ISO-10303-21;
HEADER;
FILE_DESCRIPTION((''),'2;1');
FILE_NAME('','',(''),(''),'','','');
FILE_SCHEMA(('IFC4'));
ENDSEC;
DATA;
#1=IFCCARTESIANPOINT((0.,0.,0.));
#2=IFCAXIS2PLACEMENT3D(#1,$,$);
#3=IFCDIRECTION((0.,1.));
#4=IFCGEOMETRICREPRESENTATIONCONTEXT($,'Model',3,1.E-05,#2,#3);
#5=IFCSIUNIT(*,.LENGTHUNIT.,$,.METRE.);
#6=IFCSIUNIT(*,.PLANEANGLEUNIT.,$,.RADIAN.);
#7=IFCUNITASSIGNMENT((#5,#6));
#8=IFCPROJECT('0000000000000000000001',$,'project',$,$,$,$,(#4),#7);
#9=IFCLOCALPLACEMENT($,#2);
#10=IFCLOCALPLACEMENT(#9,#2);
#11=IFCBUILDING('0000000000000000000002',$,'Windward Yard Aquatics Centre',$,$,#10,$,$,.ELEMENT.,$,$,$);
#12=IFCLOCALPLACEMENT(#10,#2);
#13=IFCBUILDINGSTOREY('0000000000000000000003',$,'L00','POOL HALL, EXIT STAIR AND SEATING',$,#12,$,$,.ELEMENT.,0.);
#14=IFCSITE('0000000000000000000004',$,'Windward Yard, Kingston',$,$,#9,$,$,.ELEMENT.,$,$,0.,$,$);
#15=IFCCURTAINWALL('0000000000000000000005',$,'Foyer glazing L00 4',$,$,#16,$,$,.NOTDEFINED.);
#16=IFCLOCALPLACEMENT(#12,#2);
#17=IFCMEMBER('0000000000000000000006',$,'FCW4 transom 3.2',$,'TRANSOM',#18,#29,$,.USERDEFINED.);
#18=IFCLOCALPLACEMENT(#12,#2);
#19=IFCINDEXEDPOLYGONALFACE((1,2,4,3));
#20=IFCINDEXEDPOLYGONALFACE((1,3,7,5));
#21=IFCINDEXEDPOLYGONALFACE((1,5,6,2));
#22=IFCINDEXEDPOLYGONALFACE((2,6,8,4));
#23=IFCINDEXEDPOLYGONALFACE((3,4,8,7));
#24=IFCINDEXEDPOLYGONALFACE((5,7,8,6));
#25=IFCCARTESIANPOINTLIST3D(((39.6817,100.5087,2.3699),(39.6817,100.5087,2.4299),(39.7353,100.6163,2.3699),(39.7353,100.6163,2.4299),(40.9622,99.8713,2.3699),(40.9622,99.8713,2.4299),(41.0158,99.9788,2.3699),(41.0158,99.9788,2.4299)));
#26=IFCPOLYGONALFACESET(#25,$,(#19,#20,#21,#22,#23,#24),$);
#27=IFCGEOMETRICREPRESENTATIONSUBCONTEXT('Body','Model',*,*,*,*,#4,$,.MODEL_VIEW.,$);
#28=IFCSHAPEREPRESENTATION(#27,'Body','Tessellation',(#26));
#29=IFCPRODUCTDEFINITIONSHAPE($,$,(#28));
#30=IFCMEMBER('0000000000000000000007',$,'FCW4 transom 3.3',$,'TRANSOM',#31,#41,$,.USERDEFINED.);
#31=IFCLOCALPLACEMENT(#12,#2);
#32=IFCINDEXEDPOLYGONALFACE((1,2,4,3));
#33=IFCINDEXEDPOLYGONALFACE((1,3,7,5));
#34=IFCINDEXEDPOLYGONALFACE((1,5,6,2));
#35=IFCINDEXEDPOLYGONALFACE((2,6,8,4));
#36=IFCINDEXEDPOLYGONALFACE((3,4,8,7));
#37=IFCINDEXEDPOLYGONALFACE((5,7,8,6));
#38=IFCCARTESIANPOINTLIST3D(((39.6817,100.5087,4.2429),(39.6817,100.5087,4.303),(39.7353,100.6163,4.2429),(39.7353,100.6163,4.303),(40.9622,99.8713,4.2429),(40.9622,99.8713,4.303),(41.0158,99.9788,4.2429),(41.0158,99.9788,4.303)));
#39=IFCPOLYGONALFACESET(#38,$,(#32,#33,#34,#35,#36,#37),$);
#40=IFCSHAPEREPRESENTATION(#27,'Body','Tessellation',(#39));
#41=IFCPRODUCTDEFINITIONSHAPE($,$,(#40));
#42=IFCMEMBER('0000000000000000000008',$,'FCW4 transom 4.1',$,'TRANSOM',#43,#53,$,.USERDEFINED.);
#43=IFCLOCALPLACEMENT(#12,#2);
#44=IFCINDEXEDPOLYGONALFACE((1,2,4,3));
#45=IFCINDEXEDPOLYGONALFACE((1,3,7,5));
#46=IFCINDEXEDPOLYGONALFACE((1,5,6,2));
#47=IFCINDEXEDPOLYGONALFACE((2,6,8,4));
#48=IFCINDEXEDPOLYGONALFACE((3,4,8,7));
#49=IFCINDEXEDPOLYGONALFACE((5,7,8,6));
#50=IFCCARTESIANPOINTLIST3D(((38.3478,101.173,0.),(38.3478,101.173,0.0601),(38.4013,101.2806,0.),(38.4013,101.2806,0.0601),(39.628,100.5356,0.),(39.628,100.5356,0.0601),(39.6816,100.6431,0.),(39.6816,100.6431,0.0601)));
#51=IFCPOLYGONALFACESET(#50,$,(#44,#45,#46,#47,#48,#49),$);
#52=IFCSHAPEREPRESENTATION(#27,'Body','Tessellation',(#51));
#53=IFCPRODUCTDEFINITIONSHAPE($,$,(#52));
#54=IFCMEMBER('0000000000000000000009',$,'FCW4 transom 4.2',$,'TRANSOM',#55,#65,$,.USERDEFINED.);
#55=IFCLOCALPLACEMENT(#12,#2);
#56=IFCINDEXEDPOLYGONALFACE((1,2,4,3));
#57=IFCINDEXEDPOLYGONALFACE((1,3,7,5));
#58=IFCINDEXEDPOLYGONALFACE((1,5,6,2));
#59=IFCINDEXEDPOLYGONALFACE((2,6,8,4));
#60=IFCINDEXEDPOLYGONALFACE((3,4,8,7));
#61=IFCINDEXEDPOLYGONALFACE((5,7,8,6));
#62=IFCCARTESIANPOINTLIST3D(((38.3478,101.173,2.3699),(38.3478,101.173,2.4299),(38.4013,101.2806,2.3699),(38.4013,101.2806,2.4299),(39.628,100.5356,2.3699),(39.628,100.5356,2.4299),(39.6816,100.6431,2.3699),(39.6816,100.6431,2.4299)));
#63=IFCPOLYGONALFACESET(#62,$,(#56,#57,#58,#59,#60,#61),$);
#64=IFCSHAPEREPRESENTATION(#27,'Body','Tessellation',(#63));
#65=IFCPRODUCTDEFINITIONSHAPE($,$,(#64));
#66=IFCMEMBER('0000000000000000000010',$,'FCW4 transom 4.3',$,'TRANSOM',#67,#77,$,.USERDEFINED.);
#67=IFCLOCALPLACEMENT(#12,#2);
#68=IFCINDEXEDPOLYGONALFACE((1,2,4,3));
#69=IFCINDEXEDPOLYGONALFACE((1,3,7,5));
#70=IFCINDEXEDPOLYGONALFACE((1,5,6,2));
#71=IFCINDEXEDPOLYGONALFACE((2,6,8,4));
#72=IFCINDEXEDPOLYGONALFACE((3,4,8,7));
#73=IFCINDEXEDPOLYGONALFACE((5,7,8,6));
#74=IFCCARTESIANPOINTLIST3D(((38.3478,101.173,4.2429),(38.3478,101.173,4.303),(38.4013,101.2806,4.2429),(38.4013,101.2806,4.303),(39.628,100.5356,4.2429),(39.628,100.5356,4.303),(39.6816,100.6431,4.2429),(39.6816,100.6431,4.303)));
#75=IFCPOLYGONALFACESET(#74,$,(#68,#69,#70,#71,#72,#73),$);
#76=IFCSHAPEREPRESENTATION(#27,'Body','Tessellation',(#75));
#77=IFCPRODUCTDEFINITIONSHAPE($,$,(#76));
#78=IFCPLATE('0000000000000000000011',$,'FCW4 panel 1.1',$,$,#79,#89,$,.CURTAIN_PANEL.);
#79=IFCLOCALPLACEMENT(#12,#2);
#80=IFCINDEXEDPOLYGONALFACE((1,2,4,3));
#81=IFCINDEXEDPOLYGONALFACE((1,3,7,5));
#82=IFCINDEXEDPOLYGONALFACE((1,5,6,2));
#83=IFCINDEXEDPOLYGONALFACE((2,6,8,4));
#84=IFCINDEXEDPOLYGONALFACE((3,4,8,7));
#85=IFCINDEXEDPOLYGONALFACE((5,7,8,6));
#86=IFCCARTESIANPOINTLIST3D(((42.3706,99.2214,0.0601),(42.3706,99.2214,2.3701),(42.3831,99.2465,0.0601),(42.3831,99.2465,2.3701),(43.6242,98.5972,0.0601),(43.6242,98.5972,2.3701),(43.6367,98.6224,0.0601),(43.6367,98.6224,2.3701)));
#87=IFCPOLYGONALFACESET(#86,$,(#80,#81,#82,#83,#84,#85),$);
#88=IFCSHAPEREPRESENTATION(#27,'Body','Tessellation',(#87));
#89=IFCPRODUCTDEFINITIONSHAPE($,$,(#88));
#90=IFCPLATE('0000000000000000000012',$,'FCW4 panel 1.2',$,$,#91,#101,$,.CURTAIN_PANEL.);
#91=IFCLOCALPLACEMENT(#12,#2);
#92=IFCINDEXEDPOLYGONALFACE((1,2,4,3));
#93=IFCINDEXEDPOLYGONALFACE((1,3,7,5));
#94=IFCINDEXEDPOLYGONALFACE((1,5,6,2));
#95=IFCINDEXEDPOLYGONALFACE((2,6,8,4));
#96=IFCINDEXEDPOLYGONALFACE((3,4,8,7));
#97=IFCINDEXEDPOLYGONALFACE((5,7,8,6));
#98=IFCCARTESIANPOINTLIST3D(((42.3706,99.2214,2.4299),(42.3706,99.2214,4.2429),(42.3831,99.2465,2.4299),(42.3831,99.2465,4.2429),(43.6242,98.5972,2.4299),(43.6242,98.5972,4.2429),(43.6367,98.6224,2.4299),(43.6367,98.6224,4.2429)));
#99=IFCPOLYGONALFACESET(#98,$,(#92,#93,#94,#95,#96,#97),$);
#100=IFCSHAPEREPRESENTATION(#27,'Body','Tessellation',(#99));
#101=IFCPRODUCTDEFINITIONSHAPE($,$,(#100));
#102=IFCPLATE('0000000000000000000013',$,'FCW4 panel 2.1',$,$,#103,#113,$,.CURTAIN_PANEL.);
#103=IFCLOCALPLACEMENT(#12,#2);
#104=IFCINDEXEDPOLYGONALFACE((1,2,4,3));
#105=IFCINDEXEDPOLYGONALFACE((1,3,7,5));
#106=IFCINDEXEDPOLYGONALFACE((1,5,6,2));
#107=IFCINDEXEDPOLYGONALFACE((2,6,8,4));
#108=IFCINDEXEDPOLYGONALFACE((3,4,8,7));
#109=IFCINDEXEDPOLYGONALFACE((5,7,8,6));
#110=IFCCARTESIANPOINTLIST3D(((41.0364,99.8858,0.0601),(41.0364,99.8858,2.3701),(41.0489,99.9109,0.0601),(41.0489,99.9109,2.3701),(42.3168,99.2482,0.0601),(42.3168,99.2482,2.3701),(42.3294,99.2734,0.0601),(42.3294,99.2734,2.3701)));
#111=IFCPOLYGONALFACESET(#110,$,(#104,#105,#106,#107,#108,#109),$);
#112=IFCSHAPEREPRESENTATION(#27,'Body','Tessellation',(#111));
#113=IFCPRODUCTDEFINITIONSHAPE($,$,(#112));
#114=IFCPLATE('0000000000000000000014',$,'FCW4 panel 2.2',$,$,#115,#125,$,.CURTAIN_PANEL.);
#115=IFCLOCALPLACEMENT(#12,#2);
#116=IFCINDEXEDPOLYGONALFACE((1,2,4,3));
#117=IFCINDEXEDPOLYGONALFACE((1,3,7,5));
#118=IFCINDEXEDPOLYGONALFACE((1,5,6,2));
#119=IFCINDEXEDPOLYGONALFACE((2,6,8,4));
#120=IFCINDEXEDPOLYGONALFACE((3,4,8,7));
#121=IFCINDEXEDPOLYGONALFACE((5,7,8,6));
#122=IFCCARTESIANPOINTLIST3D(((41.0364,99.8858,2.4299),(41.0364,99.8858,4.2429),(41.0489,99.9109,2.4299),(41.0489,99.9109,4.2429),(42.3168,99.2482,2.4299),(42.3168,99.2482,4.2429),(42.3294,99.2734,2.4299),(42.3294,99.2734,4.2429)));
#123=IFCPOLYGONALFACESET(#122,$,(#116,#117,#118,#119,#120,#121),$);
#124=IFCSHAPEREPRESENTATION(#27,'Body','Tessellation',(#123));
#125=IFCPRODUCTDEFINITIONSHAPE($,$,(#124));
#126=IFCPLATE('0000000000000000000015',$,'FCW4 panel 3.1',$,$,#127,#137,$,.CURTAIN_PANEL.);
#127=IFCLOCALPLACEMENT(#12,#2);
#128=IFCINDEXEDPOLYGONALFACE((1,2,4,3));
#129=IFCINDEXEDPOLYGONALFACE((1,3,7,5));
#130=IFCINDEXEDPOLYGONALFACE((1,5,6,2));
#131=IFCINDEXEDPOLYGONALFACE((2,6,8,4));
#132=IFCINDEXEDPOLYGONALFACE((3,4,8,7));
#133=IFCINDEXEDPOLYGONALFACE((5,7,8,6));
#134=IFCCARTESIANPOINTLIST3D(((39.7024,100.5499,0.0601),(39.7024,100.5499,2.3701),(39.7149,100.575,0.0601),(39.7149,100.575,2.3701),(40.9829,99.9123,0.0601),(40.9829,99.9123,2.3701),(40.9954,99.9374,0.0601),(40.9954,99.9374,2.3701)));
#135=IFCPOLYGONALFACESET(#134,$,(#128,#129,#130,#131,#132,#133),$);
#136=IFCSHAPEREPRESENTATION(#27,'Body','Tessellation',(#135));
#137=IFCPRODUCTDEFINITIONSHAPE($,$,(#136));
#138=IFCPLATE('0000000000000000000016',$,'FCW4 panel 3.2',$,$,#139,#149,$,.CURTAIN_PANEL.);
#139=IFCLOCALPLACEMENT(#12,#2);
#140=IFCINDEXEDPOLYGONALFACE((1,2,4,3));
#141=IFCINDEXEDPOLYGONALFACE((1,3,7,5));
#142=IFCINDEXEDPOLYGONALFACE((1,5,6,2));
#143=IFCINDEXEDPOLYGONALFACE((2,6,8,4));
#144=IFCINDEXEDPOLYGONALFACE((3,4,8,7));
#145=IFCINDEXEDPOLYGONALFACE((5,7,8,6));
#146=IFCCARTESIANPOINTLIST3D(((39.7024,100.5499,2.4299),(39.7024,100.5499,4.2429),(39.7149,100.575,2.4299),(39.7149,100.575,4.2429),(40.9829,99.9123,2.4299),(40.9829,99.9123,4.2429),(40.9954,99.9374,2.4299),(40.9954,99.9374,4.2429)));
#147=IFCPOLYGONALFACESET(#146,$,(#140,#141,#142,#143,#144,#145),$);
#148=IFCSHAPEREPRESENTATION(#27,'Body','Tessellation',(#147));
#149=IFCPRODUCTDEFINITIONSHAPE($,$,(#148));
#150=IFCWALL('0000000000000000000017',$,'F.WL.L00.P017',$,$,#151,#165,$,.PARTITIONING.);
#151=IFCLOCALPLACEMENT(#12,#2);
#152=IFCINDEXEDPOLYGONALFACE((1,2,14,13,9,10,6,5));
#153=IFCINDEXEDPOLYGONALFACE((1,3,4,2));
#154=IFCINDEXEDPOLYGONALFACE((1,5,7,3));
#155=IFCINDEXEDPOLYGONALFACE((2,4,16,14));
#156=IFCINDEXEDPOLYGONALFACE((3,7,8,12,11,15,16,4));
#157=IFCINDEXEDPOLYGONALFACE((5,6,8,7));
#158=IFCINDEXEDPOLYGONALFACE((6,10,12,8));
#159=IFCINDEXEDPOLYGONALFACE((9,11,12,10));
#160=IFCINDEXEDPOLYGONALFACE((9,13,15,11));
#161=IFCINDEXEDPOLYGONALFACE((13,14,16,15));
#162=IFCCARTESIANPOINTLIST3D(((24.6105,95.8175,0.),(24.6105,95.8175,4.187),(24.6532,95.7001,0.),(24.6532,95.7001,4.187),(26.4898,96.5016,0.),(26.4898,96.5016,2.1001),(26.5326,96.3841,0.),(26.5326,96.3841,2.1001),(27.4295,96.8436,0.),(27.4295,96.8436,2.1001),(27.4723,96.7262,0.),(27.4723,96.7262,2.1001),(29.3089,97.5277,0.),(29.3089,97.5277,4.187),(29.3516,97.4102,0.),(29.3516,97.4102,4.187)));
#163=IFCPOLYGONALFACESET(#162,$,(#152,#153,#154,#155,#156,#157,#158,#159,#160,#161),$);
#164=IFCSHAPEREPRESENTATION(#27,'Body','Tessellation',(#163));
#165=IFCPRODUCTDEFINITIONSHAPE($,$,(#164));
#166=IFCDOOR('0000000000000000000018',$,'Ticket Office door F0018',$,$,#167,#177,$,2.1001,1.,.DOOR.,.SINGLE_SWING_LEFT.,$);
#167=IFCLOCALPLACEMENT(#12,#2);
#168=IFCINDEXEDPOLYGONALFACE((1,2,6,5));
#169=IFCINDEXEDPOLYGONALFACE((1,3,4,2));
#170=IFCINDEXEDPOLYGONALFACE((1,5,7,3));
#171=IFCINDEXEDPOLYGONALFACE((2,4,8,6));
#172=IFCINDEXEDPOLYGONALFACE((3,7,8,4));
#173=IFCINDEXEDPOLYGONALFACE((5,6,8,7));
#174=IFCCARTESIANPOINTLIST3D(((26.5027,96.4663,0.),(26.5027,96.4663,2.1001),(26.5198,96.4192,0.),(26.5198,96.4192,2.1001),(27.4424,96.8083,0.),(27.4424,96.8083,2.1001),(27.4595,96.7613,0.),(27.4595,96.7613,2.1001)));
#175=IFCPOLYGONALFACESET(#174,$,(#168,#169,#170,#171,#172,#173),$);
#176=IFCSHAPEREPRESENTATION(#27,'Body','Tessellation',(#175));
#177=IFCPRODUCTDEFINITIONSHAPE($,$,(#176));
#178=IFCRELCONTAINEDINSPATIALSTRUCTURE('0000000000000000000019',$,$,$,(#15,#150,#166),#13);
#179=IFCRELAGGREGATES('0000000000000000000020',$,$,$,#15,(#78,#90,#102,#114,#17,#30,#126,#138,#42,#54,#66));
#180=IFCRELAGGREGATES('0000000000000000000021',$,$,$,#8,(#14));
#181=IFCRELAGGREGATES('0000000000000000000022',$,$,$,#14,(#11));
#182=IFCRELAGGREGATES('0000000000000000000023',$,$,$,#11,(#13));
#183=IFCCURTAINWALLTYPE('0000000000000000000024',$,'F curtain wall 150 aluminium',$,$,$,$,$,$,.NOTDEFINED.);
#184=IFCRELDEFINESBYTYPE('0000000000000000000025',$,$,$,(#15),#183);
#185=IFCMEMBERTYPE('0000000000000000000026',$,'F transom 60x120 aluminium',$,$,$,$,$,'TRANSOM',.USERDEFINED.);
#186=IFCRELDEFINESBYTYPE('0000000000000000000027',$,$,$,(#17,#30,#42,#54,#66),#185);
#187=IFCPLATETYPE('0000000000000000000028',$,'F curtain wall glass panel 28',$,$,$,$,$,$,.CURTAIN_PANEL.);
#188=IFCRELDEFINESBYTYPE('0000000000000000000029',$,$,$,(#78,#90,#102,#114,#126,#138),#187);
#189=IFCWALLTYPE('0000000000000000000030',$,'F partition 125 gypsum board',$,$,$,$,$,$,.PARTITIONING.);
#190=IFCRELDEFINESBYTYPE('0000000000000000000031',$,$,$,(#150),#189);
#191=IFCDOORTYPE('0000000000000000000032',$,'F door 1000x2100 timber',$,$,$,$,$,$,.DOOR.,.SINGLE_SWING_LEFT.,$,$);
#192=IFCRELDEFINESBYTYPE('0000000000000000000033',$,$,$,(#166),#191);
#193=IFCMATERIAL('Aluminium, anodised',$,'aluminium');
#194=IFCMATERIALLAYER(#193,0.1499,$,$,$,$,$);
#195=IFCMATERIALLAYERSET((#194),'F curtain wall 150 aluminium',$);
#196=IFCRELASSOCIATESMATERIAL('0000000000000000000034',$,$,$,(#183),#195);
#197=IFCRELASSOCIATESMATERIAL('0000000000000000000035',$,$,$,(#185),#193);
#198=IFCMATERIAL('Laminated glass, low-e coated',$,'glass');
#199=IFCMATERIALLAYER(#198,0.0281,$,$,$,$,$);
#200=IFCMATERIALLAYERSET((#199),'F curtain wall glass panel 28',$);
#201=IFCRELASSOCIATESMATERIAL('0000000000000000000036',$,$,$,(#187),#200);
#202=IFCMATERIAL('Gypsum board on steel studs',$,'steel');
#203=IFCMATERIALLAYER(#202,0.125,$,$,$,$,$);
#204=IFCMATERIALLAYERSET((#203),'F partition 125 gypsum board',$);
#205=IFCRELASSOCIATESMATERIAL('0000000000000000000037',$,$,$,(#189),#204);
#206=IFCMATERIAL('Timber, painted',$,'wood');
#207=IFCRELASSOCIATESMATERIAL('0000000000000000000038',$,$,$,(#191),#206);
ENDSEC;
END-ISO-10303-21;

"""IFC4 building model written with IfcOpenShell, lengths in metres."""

from ifc_helpers import new_model, si_unit, direction, frame, frame_2d, origin, origin_2d, place, context, subcontext, project, spatial, rectangle, extrude, material, layer, layer_set, material_profile, profile_set, type_object, element, fill, aggregate, save


model = new_model("IFC4")

# Units and contexts
model_context = context("Model", 3, precision=1e-05, world=origin(), true_north=direction((0.0, 1.0)))
body_context = subcontext(model_context, "Body", "Model", "MODEL_VIEW")
ifc_project = project(units=[si_unit("LENGTHUNIT", "METRE"), si_unit("PLANEANGLEUNIT", "RADIAN")], contexts=[model_context])

# Site, building, storey
site_placement = place(None, origin())
site = spatial("IfcSite", under=ifc_project, at=site_placement, Name="Windward Yard, Kingston", CompositionType="ELEMENT", RefElevation=0.0)
building_placement = place(site_placement, origin())
building = spatial("IfcBuilding", under=site, at=building_placement, Name="Windward Yard Aquatics Centre", CompositionType="ELEMENT")
storey_placement = place(building_placement, origin())
storey = spatial("IfcBuildingStorey", under=building, at=storey_placement, Name="L00", Description="POOL HALL, EXIT STAIR AND SEATING", CompositionType="ELEMENT", Elevation=0.0)

# Curtain wall, members, plates
ifc_material_1 = material(Name="Aluminium, anodised", Category="aluminium")
ifc_layer_1 = layer(ifc_material_1, 0.1499)
ifc_layer_set_1 = layer_set([ifc_layer_1], Name="F curtain wall 150 aluminium")
curtain_wall_type = type_object("IfcCurtainWallType", Name="F curtain wall 150 aluminium", PredefinedType="NOTDEFINED", material=ifc_layer_set_1)
curtain_wall_placement = place(storey_placement, origin())
curtain_wall = element("IfcCurtainWall", 1, at=curtain_wall_placement, inside=storey, type_object=curtain_wall_type, Name="Foyer glazing L00 4", PredefinedType="NOTDEFINED")
ifc_material_profile_1 = material_profile(ifc_material_1, rectangle(XDim=0.1201, YDim=0.0601, at=origin_2d()), Name="TRANSOM 60x120")
ifc_profile_set_1 = profile_set([ifc_material_profile_1], Name="Aluminium, anodised")
member_type_1 = type_object("IfcMemberType", Name="F transom 60x120 aluminium", ElementType="TRANSOM", PredefinedType="USERDEFINED", material=ifc_profile_set_1)
member_1_placement = place(storey_placement, frame((40.989, 99.925, 2.3999), z_axis=(-0.895211, 0.445643, 0.0), x_axis=(-0.445643, -0.895211, 0.0)))
member_1 = element("IfcMember", 2, at=member_1_placement, type_object=member_type_1, Name="FCW4 transom 3.2", ObjectType="TRANSOM", PredefinedType="USERDEFINED", context=body_context, shape_type="SweptSolid", body=[
    extrude(rectangle(XDim=0.1201, YDim=0.0601, at=origin_2d()), origin(), (0.0, 0.0, 1.0), 1.4304),
])
member_2_placement = place(storey_placement, frame((40.989, 99.925, 4.2729), z_axis=(-0.895211, 0.445643, 0.0), x_axis=(-0.445643, -0.895211, 0.0)))
member_2 = element("IfcMember", 3, at=member_2_placement, type_object=member_type_1, Name="FCW4 transom 3.3", ObjectType="TRANSOM", PredefinedType="USERDEFINED", context=body_context, shape_type="SweptSolid", body=[
    extrude(rectangle(XDim=0.1201, YDim=0.0601, at=origin_2d()), origin(), (0.0, 0.0, 1.0), 1.4304),
])
member_3_placement = place(storey_placement, frame((39.6548, 100.5894, 0.03), z_axis=(-0.895177, 0.445711, 0.0), x_axis=(-0.445711, -0.895177, 0.0)))
member_3 = element("IfcMember", 4, at=member_3_placement, type_object=member_type_1, Name="FCW4 transom 4.1", ObjectType="TRANSOM", PredefinedType="USERDEFINED", context=body_context, shape_type="SweptSolid", body=[
    extrude(rectangle(XDim=0.1201, YDim=0.0601, at=origin_2d()), origin(), (0.0, 0.0, 1.0), 1.4302),
])
member_4_placement = place(storey_placement, frame((39.6548, 100.5894, 2.3999), z_axis=(-0.895177, 0.445711, 0.0), x_axis=(-0.445711, -0.895177, 0.0)))
member_4 = element("IfcMember", 5, at=member_4_placement, type_object=member_type_1, Name="FCW4 transom 4.2", ObjectType="TRANSOM", PredefinedType="USERDEFINED", context=body_context, shape_type="SweptSolid", body=[
    extrude(rectangle(XDim=0.1201, YDim=0.0601, at=origin_2d()), origin(), (0.0, 0.0, 1.0), 1.4302),
])
member_5_placement = place(storey_placement, frame((39.6548, 100.5894, 4.2729), z_axis=(-0.895177, 0.445711, 0.0), x_axis=(-0.445711, -0.895177, 0.0)))
member_5 = element("IfcMember", 6, at=member_5_placement, type_object=member_type_1, Name="FCW4 transom 4.3", ObjectType="TRANSOM", PredefinedType="USERDEFINED", context=body_context, shape_type="SweptSolid", body=[
    extrude(rectangle(XDim=0.1201, YDim=0.0601, at=origin_2d()), origin(), (0.0, 0.0, 1.0), 1.4302),
])
ifc_material_2 = material(Name="Laminated glass, low-e coated", Category="glass")
ifc_layer_2 = layer(ifc_material_2, 0.0281)
ifc_layer_set_2 = layer_set([ifc_layer_2], Name="F curtain wall glass panel 28")
plate_type = type_object("IfcPlateType", Name="F curtain wall glass panel 28", PredefinedType="CURTAIN_PANEL", material=ifc_layer_set_2)
plate_1_placement = place(storey_placement, frame((43.0037, 98.9219, 0.0601), z_axis=(0.0, 0.0, 1.0), x_axis=(-0.895179, 0.445707, 0.0)))
plate_1 = element("IfcPlate", 7, at=plate_1_placement, type_object=plate_type, Name="FCW4 panel 1.1", PredefinedType="CURTAIN_PANEL", context=body_context, shape_type="SweptSolid", body=[
    extrude(rectangle(XDim=1.4004, YDim=0.0281, at=origin_2d()), origin(), (0.0, 0.0, 1.0), 2.3101),
])
plate_2_placement = place(storey_placement, frame((43.0037, 98.9219, 2.4299), z_axis=(0.0, 0.0, 1.0), x_axis=(-0.895179, 0.445707, 0.0)))
plate_2 = element("IfcPlate", 8, at=plate_2_placement, type_object=plate_type, Name="FCW4 panel 1.2", PredefinedType="CURTAIN_PANEL", context=body_context, shape_type="SweptSolid", body=[
    extrude(rectangle(XDim=1.4004, YDim=0.0281, at=origin_2d()), origin(), (0.0, 0.0, 1.0), 1.813),
])
plate_3_placement = place(storey_placement, frame((41.6829, 99.5796, 0.0601), z_axis=(0.0, 0.0, 1.0), x_axis=(-0.895179, 0.445707, 0.0)))
plate_3 = element("IfcPlate", 9, at=plate_3_placement, type_object=plate_type, Name="FCW4 panel 2.1", PredefinedType="CURTAIN_PANEL", context=body_context, shape_type="SweptSolid", body=[
    extrude(rectangle(XDim=1.4304, YDim=0.0281, at=origin_2d()), origin(), (0.0, 0.0, 1.0), 2.3101),
])
plate_4_placement = place(storey_placement, frame((41.6829, 99.5796, 2.4299), z_axis=(0.0, 0.0, 1.0), x_axis=(-0.895179, 0.445707, 0.0)))
plate_4 = element("IfcPlate", 10, at=plate_4_placement, type_object=plate_type, Name="FCW4 panel 2.2", PredefinedType="CURTAIN_PANEL", context=body_context, shape_type="SweptSolid", body=[
    extrude(rectangle(XDim=1.4304, YDim=0.0281, at=origin_2d()), origin(), (0.0, 0.0, 1.0), 1.813),
])
plate_5_placement = place(storey_placement, frame((40.3489, 100.2437, 0.0601), z_axis=(0.0, 0.0, 1.0), x_axis=(-0.895179, 0.445707, 0.0)))
plate_5 = element("IfcPlate", 11, at=plate_5_placement, type_object=plate_type, Name="FCW4 panel 3.1", PredefinedType="CURTAIN_PANEL", context=body_context, shape_type="SweptSolid", body=[
    extrude(rectangle(XDim=1.4304, YDim=0.0281, at=origin_2d()), origin(), (0.0, 0.0, 1.0), 2.3101),
])
plate_6_placement = place(storey_placement, frame((40.3489, 100.2437, 2.4299), z_axis=(0.0, 0.0, 1.0), x_axis=(-0.895179, 0.445707, 0.0)))
plate_6 = element("IfcPlate", 12, at=plate_6_placement, type_object=plate_type, Name="FCW4 panel 3.2", PredefinedType="CURTAIN_PANEL", context=body_context, shape_type="SweptSolid", body=[
    extrude(rectangle(XDim=1.4304, YDim=0.0281, at=origin_2d()), origin(), (0.0, 0.0, 1.0), 1.813),
])
aggregate(curtain_wall, [plate_1, plate_2, plate_3, plate_4, member_1, member_2, plate_5, plate_6, member_3, member_4, member_5])

# Wall, opening, door
ifc_material_3 = material(Name="Gypsum board on steel studs", Category="steel")
ifc_layer_3 = layer(ifc_material_3, 0.125)
ifc_layer_set_3 = layer_set([ifc_layer_3], Name="F partition 125 gypsum board")
wall_type = type_object("IfcWallType", Name="F partition 125 gypsum board", PredefinedType="PARTITIONING", material=ifc_layer_set_3)
wall_1_placement = place(storey_placement, frame((24.6318, 95.7588, 0.0), z_axis=(0.0, 0.0, 1.0), x_axis=(0.939686, 0.342037, 0.0)))
wall_1 = element("IfcWall", 13, at=wall_1_placement, inside=storey, type_object=wall_type, Name="F.WL.L00.P017", PredefinedType="PARTITIONING", context=body_context, shape_type="SweptSolid", body=[
    extrude(rectangle(XDim=5.0, YDim=0.125, at=frame_2d((2.5, 0.0))), origin(), (0.0, 0.0, 1.0), 4.187),
])
opening_1_placement = place(wall_1_placement, frame((2.0, 0.0, 0.0)))
opening_1 = element("IfcOpeningElement", 14, at=opening_1_placement, cuts=wall_1, PredefinedType="OPENING", context=body_context, shape_type="SweptSolid", body=[
    extrude(rectangle(XDim=1.0, YDim=2.1001, at=frame_2d((0.5, 1.05))), frame((0.0, 0.0725, 0.0), z_axis=(0.0, -1.0, 0.0), x_axis=(1.0, 0.0, 0.0)), (0.0, 0.0, 1.0), 0.145),
])
ifc_material_4 = material(Name="Timber, painted", Category="wood")
door_type = type_object("IfcDoorType", Name="F door 1000x2100 timber", OperationType="SINGLE_SWING_LEFT", PredefinedType="DOOR", material=ifc_material_4)
door_1_placement = place(opening_1_placement, origin())
door_1 = element("IfcDoor", 15, at=door_1_placement, inside=storey, type_object=door_type, Name="Ticket Office door F0018", OperationType="SINGLE_SWING_LEFT", OverallHeight=2.1001, OverallWidth=1.0, PredefinedType="DOOR", context=body_context, shape_type="SweptSolid", body=[
    extrude(rectangle(XDim=1.0, YDim=2.1001, at=frame_2d((0.5, 1.05))), frame((0.0, 0.0249, 0.0), z_axis=(0.0, -1.0, 0.0), x_axis=(1.0, 0.0, 0.0)), (0.0, 0.0, 1.0), 0.05),
])
fill(opening_1, door_1)

save(model, "model.ifc")
